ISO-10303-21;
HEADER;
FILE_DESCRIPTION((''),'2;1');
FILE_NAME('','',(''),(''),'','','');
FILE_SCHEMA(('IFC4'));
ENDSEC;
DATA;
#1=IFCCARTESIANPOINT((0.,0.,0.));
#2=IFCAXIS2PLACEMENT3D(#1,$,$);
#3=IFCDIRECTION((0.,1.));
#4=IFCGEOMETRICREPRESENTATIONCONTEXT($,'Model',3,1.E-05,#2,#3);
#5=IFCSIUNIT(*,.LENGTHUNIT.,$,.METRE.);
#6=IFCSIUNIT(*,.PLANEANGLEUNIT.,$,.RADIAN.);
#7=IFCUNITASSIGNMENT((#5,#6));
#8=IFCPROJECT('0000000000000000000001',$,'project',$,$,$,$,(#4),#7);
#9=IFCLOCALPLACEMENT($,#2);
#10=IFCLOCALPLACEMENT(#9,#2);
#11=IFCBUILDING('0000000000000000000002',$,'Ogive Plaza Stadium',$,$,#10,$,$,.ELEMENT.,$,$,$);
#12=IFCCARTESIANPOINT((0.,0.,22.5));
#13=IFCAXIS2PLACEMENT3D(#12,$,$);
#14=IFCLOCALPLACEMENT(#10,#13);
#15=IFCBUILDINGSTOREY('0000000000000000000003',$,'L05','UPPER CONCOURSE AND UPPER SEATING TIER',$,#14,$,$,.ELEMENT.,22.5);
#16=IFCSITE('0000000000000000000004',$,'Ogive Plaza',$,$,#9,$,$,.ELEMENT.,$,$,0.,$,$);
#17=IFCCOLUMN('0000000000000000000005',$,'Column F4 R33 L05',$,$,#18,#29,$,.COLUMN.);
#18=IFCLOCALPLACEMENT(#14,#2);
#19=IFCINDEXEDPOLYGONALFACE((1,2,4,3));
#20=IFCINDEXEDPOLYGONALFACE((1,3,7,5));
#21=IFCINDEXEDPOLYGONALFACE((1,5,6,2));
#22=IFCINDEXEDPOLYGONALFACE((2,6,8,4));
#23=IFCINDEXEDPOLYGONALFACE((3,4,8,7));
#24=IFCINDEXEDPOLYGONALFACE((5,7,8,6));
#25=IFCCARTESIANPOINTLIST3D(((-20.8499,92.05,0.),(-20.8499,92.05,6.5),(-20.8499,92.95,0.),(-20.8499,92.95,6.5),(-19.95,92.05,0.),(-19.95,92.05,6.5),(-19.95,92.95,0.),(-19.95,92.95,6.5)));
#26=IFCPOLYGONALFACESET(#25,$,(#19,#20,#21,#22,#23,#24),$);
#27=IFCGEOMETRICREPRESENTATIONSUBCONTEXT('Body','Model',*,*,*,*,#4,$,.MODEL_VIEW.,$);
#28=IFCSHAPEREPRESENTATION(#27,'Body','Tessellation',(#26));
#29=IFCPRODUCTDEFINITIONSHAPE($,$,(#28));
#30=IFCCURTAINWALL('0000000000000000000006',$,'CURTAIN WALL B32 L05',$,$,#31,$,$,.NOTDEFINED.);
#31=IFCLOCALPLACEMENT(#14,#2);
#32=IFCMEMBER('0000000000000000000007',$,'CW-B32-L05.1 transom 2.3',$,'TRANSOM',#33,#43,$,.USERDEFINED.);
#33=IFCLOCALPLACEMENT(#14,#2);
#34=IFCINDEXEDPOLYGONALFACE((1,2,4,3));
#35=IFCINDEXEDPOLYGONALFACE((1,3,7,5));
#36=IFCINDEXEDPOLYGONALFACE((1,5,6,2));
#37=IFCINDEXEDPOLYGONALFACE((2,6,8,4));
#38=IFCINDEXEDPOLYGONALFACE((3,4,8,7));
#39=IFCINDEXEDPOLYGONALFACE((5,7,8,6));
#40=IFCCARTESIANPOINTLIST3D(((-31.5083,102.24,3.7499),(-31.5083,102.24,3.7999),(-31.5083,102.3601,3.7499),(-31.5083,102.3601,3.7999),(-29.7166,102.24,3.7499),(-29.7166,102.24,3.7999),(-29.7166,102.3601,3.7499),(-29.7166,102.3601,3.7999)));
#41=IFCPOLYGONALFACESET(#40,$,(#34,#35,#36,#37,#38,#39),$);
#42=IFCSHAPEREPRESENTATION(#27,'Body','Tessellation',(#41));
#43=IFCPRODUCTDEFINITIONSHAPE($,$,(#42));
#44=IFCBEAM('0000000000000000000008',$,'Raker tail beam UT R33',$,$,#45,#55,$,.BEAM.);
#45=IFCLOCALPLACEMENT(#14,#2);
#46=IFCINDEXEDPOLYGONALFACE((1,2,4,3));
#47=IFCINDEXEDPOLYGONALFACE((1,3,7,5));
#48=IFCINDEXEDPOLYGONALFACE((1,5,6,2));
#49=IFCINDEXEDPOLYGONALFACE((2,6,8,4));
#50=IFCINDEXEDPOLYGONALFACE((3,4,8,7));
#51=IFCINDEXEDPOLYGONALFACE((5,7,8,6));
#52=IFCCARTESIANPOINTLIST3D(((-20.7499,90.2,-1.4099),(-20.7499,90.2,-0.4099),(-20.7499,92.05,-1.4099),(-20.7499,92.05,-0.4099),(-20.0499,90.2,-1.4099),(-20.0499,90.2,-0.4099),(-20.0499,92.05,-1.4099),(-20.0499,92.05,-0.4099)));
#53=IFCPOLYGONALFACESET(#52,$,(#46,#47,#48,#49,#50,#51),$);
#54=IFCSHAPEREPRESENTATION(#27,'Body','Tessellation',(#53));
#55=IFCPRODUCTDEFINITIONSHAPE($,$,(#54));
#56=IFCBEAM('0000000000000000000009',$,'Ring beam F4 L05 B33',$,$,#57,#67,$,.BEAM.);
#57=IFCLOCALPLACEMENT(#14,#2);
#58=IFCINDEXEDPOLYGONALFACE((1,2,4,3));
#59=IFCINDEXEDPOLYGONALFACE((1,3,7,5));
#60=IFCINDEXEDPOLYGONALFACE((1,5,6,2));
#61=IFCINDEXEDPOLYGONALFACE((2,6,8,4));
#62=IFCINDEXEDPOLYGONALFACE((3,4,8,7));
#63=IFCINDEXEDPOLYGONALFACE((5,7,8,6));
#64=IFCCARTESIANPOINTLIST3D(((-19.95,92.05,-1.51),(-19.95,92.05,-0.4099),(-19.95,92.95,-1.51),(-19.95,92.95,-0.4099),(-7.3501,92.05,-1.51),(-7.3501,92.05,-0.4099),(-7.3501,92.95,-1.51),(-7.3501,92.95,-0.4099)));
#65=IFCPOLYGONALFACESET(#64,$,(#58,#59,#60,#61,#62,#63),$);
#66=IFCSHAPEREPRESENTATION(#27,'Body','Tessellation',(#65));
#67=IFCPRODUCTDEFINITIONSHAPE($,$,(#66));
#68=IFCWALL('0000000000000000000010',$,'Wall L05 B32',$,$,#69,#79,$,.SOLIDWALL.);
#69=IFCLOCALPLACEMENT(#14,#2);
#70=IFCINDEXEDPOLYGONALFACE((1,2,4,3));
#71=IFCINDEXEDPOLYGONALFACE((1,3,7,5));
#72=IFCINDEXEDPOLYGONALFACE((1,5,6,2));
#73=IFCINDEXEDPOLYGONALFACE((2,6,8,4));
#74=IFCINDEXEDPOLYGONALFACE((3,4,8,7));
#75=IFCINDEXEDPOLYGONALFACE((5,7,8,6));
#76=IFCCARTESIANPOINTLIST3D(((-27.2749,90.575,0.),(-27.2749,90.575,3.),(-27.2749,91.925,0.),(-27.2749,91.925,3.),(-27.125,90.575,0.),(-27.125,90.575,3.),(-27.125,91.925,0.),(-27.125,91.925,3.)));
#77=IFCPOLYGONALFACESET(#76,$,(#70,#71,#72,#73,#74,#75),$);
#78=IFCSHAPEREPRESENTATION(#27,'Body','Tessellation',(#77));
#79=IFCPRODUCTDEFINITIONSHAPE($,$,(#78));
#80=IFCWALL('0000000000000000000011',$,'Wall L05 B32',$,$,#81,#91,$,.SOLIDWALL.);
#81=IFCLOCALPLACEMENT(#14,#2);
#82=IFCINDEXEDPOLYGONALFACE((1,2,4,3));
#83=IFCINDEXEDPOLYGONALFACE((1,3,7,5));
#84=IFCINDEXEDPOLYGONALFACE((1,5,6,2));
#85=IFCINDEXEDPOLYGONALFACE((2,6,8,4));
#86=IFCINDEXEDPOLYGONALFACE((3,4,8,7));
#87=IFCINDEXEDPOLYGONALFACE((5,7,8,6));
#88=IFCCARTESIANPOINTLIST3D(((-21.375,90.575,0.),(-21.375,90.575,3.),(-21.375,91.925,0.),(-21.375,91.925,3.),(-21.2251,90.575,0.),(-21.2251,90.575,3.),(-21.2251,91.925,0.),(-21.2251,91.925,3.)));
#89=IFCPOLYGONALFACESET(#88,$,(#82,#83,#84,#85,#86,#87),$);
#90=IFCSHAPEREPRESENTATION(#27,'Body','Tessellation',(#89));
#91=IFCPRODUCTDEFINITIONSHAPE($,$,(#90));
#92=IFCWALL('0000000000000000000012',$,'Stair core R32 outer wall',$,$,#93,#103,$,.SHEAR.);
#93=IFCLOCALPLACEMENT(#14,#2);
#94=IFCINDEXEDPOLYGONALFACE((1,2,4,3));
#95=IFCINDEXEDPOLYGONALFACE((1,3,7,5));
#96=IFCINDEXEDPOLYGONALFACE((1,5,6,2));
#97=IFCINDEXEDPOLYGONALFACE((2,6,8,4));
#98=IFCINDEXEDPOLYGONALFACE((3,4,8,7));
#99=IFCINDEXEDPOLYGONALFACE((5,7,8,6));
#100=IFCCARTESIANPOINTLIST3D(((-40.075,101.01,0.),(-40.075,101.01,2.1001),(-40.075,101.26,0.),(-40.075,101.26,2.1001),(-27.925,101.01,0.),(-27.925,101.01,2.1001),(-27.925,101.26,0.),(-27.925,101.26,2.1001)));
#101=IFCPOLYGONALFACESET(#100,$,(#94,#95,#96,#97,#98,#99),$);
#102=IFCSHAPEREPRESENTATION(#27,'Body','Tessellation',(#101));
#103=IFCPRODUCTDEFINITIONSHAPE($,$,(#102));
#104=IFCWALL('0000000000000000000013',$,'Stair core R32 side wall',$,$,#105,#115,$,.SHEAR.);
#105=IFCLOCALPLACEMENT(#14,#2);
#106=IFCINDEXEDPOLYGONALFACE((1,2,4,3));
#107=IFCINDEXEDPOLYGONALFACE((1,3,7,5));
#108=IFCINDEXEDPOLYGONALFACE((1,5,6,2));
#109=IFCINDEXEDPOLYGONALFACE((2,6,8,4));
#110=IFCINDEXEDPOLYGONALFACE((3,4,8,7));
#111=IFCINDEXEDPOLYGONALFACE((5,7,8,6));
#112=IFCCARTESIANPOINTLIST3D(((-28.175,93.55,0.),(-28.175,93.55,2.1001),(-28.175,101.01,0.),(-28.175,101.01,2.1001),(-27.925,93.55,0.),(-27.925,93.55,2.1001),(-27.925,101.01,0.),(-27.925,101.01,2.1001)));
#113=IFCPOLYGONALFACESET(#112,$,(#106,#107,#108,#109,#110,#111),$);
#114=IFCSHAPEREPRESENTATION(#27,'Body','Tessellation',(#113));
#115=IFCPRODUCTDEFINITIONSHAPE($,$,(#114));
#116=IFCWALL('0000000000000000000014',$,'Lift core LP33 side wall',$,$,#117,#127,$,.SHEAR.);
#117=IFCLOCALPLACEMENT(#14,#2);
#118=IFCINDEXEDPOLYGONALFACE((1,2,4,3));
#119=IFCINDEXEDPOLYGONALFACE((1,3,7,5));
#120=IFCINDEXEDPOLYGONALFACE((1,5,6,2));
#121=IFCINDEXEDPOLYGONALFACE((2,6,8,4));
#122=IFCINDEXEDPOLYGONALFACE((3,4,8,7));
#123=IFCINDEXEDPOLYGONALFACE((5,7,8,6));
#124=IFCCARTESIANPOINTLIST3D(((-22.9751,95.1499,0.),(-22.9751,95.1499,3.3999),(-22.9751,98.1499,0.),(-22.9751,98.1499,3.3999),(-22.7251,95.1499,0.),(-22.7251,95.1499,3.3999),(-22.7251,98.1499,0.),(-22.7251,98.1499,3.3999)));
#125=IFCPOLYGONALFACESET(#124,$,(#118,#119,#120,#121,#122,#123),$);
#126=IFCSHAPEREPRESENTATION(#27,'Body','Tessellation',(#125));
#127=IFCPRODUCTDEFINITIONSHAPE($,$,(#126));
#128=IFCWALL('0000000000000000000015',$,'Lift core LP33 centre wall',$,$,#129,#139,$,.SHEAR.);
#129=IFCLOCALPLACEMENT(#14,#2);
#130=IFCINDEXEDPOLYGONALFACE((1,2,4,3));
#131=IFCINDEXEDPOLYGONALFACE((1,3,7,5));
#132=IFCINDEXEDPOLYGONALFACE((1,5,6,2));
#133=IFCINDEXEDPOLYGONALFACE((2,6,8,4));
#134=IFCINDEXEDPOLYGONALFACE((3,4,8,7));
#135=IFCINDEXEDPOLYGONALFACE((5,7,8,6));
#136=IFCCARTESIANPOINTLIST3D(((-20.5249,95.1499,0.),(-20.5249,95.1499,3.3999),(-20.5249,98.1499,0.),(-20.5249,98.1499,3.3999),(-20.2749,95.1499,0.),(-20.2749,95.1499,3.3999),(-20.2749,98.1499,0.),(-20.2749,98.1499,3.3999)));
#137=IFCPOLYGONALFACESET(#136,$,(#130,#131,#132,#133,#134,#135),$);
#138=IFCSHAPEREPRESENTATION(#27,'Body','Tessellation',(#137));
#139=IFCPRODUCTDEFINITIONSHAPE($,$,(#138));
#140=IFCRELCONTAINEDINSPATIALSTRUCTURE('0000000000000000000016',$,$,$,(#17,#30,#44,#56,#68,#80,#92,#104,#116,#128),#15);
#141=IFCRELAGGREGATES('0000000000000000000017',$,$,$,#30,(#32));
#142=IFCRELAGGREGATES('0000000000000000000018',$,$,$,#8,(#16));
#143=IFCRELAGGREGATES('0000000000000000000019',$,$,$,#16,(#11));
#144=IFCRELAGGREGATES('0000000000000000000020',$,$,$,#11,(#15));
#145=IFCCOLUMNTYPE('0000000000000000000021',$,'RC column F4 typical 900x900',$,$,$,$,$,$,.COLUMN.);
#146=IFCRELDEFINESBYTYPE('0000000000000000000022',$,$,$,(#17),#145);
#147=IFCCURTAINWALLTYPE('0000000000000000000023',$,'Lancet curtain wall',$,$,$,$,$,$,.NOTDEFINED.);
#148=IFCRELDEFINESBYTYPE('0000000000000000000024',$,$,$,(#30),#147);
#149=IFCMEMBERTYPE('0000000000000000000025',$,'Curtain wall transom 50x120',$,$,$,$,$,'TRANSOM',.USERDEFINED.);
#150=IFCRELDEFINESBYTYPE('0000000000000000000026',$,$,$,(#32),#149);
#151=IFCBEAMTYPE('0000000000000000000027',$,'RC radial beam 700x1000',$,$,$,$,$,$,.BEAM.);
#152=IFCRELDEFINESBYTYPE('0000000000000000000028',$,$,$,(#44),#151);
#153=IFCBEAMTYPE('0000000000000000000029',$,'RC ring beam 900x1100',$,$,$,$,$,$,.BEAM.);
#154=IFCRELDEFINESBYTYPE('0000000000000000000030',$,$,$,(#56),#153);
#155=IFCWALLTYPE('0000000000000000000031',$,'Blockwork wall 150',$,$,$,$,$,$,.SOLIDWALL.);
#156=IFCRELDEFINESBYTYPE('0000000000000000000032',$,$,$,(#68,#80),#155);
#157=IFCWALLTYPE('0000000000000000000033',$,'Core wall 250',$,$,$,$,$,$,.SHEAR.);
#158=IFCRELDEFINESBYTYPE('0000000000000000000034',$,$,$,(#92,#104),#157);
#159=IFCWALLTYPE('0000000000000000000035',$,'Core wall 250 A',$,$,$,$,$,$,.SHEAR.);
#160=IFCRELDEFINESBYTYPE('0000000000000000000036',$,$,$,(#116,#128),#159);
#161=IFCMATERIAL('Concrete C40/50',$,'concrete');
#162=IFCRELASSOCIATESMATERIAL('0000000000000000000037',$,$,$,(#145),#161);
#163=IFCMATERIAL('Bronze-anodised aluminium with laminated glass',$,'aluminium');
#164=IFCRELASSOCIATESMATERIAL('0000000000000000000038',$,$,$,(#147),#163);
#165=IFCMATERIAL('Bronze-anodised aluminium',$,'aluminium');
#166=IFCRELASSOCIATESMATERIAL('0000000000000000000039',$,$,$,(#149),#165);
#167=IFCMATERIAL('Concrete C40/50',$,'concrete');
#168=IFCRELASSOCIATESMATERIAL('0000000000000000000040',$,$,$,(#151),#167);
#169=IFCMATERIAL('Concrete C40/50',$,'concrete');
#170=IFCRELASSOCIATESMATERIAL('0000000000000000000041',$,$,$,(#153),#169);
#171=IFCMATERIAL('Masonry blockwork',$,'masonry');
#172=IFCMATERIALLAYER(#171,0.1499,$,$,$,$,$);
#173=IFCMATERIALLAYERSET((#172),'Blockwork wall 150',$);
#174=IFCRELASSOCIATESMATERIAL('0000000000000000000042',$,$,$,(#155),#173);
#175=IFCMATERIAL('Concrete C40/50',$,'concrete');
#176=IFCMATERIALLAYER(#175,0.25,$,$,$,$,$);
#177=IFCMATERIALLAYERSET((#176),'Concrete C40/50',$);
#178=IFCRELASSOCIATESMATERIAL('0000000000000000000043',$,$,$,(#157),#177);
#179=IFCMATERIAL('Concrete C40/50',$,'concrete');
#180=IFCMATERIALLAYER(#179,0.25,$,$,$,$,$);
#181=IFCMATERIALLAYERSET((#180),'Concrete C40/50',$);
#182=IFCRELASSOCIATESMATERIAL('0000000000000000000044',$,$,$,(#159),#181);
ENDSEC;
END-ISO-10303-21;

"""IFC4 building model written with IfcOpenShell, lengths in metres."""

from ifc_helpers import new_model, si_unit, direction, frame, frame_2d, origin, origin_2d, place, context, subcontext, project, spatial, rectangle, extrude, material, layer, layer_set, material_profile, profile_set, type_object, element, aggregate, save


model = new_model("IFC4")

# Units and contexts
model_context = context("Model", 3, precision=1e-05, world=origin(), true_north=direction((0.0, 1.0)))
body_context = subcontext(model_context, "Body", "Model", "MODEL_VIEW")
ifc_project = project(units=[si_unit("LENGTHUNIT", "METRE"), si_unit("PLANEANGLEUNIT", "RADIAN")], contexts=[model_context])

# Site, building, storey
site_placement = place(None, origin())
site = spatial("IfcSite", under=ifc_project, at=site_placement, Name="Ogive Plaza", CompositionType="ELEMENT", RefElevation=0.0)
building_placement = place(site_placement, origin())
building = spatial("IfcBuilding", under=site, at=building_placement, Name="Ogive Plaza Stadium", CompositionType="ELEMENT")
storey_placement = place(building_placement, frame((0.0, 0.0, 22.5)))
storey = spatial("IfcBuildingStorey", under=building, at=storey_placement, Name="L05", Description="UPPER CONCOURSE AND UPPER SEATING TIER", CompositionType="ELEMENT", Elevation=22.5)

# Column
ifc_material_1 = material(Name="Concrete C40/50", Category="concrete")
ifc_material_profile_1 = material_profile(ifc_material_1, rectangle(XDim=0.8999, YDim=0.8999, at=origin_2d()), Name="RC 900x900")
ifc_profile_set_1 = profile_set([ifc_material_profile_1], Name="Concrete C40/50")
column_type = type_object("IfcColumnType", Name="RC column F4 typical 900x900", PredefinedType="COLUMN", material=ifc_profile_set_1)
column_placement = place(storey_placement, frame((-20.3999, 92.5, 0.0), z_axis=(0.0, 0.0, 1.0), x_axis=(-1.0, 0.0, 0.0)))
element("IfcColumn", 1, at=column_placement, inside=storey, type_object=column_type, Name="Column F4 R33 L05", PredefinedType="COLUMN", context=body_context, shape_type="SweptSolid", body=[
    extrude(rectangle(XDim=0.8999, YDim=0.8999, at=origin_2d()), origin(), (0.0, 0.0, 1.0), 6.5),
])

# Curtain wall, member
ifc_material_2 = material(Name="Bronze-anodised aluminium with laminated glass", Category="aluminium")
curtain_wall_type = type_object("IfcCurtainWallType", Name="Lancet curtain wall", PredefinedType="NOTDEFINED", material=ifc_material_2)
curtain_wall_placement = place(storey_placement, origin())
curtain_wall = element("IfcCurtainWall", 2, at=curtain_wall_placement, inside=storey, type_object=curtain_wall_type, Name="CURTAIN WALL B32 L05", PredefinedType="NOTDEFINED")
ifc_material_3 = material(Name="Bronze-anodised aluminium", Category="aluminium")
ifc_material_profile_2 = material_profile(ifc_material_3, rectangle(XDim=0.1201, YDim=0.05, at=origin_2d()), Name="AL 120x50")
ifc_profile_set_2 = profile_set([ifc_material_profile_2], Name="Bronze-anodised aluminium")
member_type = type_object("IfcMemberType", Name="Curtain wall transom 50x120", ElementType="TRANSOM", PredefinedType="USERDEFINED", material=ifc_profile_set_2)
member_placement = place(storey_placement, frame((-31.5083, 102.3, 3.7749), z_axis=(1.0, 0.0, 0.0), x_axis=(0.0, 1.0, 0.0)))
member = element("IfcMember", 3, at=member_placement, type_object=member_type, Name="CW-B32-L05.1 transom 2.3", ObjectType="TRANSOM", PredefinedType="USERDEFINED", context=body_context, shape_type="SweptSolid", body=[
    extrude(rectangle(XDim=0.1201, YDim=0.05, at=origin_2d()), origin(), (0.0, 0.0, 1.0), 1.7917),
])
aggregate(curtain_wall, [member])

# Beams
ifc_material_4 = material(Name="Concrete C40/50", Category="concrete")
ifc_material_profile_3 = material_profile(ifc_material_4, rectangle(XDim=0.7, YDim=1.0, at=origin_2d()), Name="RC 700x1000")
ifc_profile_set_3 = profile_set([ifc_material_profile_3], Name="Concrete C40/50")
beam_type_1 = type_object("IfcBeamType", Name="RC radial beam 700x1000", PredefinedType="BEAM", material=ifc_profile_set_3)
beam_1_placement = place(storey_placement, frame((-20.3999, 90.2, -0.9099), z_axis=(0.0, 1.0, 0.0), x_axis=(-1.0, 0.0, 0.0)))
element("IfcBeam", 4, at=beam_1_placement, inside=storey, type_object=beam_type_1, Name="Raker tail beam UT R33", PredefinedType="BEAM", context=body_context, shape_type="SweptSolid", body=[
    extrude(rectangle(XDim=0.7, YDim=1.0, at=origin_2d()), origin(), (0.0, 0.0, 1.0), 1.8501),
])
ifc_material_5 = material(Name="Concrete C40/50", Category="concrete")
ifc_material_profile_4 = material_profile(ifc_material_5, rectangle(XDim=0.8999, YDim=1.1001, at=origin_2d()), Name="RC 900x1100")
ifc_profile_set_4 = profile_set([ifc_material_profile_4], Name="Concrete C40/50")
beam_type_2 = type_object("IfcBeamType", Name="RC ring beam 900x1100", PredefinedType="BEAM", material=ifc_profile_set_4)
beam_2_placement = place(storey_placement, frame((-19.95, 92.5, -0.96), z_axis=(1.0, 0.0, 0.0), x_axis=(0.0, 1.0, 0.0)))
element("IfcBeam", 5, at=beam_2_placement, inside=storey, type_object=beam_type_2, Name="Ring beam F4 L05 B33", PredefinedType="BEAM", context=body_context, shape_type="SweptSolid", body=[
    extrude(rectangle(XDim=0.8999, YDim=1.1001, at=origin_2d()), origin(), (0.0, 0.0, 1.0), 12.5999),
])

# Walls
ifc_material_6 = material(Name="Masonry blockwork", Category="masonry")
ifc_layer_1 = layer(ifc_material_6, 0.1499)
ifc_layer_set_1 = layer_set([ifc_layer_1], Name="Blockwork wall 150")
wall_type_1 = type_object("IfcWallType", Name="Blockwork wall 150", PredefinedType="SOLIDWALL", material=ifc_layer_set_1)
for number, where, z_axis, x_axis, name in (
    (6, (-27.2, 90.575, 0.0), (0.0, 0.0, 1.0), (0.0, 1.0, 0.0), "Wall L05 B32"),
    (7, (-21.3, 90.575, 0.0), (0.0, 0.0, 1.0), (0.0, 1.0, 0.0), "Wall L05 B32"),
):
    element("IfcWall", number, at=place(storey_placement, frame(where, z_axis=z_axis, x_axis=x_axis)), inside=storey, type_object=wall_type_1, Name=name, PredefinedType="SOLIDWALL", context=body_context, shape_type="SweptSolid", body=[
        extrude(rectangle(XDim=1.3501, YDim=0.1499, at=frame_2d((0.675, 0.0))), origin(), (0.0, 0.0, 1.0), 3.0),
    ])

# Shared definitions
ifc_material_7 = material(Name="Concrete C40/50", Category="concrete")
ifc_layer_2 = layer(ifc_material_7, 0.25)
ifc_layer_set_2 = layer_set([ifc_layer_2], Name="Concrete C40/50")
wall_type_2 = type_object("IfcWallType", Name="Core wall 250", PredefinedType="SHEAR", material=ifc_layer_set_2)

# Walls
wall_1_placement = place(storey_placement, frame((-27.925, 101.135, 0.0), z_axis=(0.0, 0.0, 1.0), x_axis=(-1.0, 0.0, 0.0)))
element("IfcWall", 8, at=wall_1_placement, inside=storey, type_object=wall_type_2, Name="Stair core R32 outer wall", PredefinedType="SHEAR", context=body_context, shape_type="SweptSolid", body=[
    extrude(rectangle(XDim=12.1499, YDim=0.25, at=frame_2d((6.075, 0.0))), origin(), (0.0, 0.0, 1.0), 2.1001),
])
wall_2_placement = place(storey_placement, frame((-28.05, 93.55, 0.0), z_axis=(0.0, 0.0, 1.0), x_axis=(0.0, 1.0, 0.0)))
element("IfcWall", 9, at=wall_2_placement, inside=storey, type_object=wall_type_2, Name="Stair core R32 side wall", PredefinedType="SHEAR", context=body_context, shape_type="SweptSolid", body=[
    extrude(rectangle(XDim=7.46, YDim=0.25, at=frame_2d((3.73, 0.0))), origin(), (0.0, 0.0, 1.0), 2.1001),
])
ifc_material_8 = material(Name="Concrete C40/50", Category="concrete")
ifc_layer_3 = layer(ifc_material_8, 0.25)
ifc_layer_set_3 = layer_set([ifc_layer_3], Name="Concrete C40/50")
wall_type_3 = type_object("IfcWallType", Name="Core wall 250 A", PredefinedType="SHEAR", material=ifc_layer_set_3)
for number, where, z_axis, x_axis, name in (
    (10, (-22.8501, 95.1499, 0.0), (0.0, 0.0, 1.0), (0.0, 1.0, 0.0), "Lift core LP33 side wall"),
    (11, (-20.3999, 95.1499, 0.0), (0.0, 0.0, 1.0), (0.0, 1.0, 0.0), "Lift core LP33 centre wall"),
):
    element("IfcWall", number, at=place(storey_placement, frame(where, z_axis=z_axis, x_axis=x_axis)), inside=storey, type_object=wall_type_3, Name=name, PredefinedType="SHEAR", context=body_context, shape_type="SweptSolid", body=[
        extrude(rectangle(XDim=3.0, YDim=0.25, at=frame_2d((1.5, 0.0))), origin(), (0.0, 0.0, 1.0), 3.3999),
    ])

save(model, "model.ifc")
